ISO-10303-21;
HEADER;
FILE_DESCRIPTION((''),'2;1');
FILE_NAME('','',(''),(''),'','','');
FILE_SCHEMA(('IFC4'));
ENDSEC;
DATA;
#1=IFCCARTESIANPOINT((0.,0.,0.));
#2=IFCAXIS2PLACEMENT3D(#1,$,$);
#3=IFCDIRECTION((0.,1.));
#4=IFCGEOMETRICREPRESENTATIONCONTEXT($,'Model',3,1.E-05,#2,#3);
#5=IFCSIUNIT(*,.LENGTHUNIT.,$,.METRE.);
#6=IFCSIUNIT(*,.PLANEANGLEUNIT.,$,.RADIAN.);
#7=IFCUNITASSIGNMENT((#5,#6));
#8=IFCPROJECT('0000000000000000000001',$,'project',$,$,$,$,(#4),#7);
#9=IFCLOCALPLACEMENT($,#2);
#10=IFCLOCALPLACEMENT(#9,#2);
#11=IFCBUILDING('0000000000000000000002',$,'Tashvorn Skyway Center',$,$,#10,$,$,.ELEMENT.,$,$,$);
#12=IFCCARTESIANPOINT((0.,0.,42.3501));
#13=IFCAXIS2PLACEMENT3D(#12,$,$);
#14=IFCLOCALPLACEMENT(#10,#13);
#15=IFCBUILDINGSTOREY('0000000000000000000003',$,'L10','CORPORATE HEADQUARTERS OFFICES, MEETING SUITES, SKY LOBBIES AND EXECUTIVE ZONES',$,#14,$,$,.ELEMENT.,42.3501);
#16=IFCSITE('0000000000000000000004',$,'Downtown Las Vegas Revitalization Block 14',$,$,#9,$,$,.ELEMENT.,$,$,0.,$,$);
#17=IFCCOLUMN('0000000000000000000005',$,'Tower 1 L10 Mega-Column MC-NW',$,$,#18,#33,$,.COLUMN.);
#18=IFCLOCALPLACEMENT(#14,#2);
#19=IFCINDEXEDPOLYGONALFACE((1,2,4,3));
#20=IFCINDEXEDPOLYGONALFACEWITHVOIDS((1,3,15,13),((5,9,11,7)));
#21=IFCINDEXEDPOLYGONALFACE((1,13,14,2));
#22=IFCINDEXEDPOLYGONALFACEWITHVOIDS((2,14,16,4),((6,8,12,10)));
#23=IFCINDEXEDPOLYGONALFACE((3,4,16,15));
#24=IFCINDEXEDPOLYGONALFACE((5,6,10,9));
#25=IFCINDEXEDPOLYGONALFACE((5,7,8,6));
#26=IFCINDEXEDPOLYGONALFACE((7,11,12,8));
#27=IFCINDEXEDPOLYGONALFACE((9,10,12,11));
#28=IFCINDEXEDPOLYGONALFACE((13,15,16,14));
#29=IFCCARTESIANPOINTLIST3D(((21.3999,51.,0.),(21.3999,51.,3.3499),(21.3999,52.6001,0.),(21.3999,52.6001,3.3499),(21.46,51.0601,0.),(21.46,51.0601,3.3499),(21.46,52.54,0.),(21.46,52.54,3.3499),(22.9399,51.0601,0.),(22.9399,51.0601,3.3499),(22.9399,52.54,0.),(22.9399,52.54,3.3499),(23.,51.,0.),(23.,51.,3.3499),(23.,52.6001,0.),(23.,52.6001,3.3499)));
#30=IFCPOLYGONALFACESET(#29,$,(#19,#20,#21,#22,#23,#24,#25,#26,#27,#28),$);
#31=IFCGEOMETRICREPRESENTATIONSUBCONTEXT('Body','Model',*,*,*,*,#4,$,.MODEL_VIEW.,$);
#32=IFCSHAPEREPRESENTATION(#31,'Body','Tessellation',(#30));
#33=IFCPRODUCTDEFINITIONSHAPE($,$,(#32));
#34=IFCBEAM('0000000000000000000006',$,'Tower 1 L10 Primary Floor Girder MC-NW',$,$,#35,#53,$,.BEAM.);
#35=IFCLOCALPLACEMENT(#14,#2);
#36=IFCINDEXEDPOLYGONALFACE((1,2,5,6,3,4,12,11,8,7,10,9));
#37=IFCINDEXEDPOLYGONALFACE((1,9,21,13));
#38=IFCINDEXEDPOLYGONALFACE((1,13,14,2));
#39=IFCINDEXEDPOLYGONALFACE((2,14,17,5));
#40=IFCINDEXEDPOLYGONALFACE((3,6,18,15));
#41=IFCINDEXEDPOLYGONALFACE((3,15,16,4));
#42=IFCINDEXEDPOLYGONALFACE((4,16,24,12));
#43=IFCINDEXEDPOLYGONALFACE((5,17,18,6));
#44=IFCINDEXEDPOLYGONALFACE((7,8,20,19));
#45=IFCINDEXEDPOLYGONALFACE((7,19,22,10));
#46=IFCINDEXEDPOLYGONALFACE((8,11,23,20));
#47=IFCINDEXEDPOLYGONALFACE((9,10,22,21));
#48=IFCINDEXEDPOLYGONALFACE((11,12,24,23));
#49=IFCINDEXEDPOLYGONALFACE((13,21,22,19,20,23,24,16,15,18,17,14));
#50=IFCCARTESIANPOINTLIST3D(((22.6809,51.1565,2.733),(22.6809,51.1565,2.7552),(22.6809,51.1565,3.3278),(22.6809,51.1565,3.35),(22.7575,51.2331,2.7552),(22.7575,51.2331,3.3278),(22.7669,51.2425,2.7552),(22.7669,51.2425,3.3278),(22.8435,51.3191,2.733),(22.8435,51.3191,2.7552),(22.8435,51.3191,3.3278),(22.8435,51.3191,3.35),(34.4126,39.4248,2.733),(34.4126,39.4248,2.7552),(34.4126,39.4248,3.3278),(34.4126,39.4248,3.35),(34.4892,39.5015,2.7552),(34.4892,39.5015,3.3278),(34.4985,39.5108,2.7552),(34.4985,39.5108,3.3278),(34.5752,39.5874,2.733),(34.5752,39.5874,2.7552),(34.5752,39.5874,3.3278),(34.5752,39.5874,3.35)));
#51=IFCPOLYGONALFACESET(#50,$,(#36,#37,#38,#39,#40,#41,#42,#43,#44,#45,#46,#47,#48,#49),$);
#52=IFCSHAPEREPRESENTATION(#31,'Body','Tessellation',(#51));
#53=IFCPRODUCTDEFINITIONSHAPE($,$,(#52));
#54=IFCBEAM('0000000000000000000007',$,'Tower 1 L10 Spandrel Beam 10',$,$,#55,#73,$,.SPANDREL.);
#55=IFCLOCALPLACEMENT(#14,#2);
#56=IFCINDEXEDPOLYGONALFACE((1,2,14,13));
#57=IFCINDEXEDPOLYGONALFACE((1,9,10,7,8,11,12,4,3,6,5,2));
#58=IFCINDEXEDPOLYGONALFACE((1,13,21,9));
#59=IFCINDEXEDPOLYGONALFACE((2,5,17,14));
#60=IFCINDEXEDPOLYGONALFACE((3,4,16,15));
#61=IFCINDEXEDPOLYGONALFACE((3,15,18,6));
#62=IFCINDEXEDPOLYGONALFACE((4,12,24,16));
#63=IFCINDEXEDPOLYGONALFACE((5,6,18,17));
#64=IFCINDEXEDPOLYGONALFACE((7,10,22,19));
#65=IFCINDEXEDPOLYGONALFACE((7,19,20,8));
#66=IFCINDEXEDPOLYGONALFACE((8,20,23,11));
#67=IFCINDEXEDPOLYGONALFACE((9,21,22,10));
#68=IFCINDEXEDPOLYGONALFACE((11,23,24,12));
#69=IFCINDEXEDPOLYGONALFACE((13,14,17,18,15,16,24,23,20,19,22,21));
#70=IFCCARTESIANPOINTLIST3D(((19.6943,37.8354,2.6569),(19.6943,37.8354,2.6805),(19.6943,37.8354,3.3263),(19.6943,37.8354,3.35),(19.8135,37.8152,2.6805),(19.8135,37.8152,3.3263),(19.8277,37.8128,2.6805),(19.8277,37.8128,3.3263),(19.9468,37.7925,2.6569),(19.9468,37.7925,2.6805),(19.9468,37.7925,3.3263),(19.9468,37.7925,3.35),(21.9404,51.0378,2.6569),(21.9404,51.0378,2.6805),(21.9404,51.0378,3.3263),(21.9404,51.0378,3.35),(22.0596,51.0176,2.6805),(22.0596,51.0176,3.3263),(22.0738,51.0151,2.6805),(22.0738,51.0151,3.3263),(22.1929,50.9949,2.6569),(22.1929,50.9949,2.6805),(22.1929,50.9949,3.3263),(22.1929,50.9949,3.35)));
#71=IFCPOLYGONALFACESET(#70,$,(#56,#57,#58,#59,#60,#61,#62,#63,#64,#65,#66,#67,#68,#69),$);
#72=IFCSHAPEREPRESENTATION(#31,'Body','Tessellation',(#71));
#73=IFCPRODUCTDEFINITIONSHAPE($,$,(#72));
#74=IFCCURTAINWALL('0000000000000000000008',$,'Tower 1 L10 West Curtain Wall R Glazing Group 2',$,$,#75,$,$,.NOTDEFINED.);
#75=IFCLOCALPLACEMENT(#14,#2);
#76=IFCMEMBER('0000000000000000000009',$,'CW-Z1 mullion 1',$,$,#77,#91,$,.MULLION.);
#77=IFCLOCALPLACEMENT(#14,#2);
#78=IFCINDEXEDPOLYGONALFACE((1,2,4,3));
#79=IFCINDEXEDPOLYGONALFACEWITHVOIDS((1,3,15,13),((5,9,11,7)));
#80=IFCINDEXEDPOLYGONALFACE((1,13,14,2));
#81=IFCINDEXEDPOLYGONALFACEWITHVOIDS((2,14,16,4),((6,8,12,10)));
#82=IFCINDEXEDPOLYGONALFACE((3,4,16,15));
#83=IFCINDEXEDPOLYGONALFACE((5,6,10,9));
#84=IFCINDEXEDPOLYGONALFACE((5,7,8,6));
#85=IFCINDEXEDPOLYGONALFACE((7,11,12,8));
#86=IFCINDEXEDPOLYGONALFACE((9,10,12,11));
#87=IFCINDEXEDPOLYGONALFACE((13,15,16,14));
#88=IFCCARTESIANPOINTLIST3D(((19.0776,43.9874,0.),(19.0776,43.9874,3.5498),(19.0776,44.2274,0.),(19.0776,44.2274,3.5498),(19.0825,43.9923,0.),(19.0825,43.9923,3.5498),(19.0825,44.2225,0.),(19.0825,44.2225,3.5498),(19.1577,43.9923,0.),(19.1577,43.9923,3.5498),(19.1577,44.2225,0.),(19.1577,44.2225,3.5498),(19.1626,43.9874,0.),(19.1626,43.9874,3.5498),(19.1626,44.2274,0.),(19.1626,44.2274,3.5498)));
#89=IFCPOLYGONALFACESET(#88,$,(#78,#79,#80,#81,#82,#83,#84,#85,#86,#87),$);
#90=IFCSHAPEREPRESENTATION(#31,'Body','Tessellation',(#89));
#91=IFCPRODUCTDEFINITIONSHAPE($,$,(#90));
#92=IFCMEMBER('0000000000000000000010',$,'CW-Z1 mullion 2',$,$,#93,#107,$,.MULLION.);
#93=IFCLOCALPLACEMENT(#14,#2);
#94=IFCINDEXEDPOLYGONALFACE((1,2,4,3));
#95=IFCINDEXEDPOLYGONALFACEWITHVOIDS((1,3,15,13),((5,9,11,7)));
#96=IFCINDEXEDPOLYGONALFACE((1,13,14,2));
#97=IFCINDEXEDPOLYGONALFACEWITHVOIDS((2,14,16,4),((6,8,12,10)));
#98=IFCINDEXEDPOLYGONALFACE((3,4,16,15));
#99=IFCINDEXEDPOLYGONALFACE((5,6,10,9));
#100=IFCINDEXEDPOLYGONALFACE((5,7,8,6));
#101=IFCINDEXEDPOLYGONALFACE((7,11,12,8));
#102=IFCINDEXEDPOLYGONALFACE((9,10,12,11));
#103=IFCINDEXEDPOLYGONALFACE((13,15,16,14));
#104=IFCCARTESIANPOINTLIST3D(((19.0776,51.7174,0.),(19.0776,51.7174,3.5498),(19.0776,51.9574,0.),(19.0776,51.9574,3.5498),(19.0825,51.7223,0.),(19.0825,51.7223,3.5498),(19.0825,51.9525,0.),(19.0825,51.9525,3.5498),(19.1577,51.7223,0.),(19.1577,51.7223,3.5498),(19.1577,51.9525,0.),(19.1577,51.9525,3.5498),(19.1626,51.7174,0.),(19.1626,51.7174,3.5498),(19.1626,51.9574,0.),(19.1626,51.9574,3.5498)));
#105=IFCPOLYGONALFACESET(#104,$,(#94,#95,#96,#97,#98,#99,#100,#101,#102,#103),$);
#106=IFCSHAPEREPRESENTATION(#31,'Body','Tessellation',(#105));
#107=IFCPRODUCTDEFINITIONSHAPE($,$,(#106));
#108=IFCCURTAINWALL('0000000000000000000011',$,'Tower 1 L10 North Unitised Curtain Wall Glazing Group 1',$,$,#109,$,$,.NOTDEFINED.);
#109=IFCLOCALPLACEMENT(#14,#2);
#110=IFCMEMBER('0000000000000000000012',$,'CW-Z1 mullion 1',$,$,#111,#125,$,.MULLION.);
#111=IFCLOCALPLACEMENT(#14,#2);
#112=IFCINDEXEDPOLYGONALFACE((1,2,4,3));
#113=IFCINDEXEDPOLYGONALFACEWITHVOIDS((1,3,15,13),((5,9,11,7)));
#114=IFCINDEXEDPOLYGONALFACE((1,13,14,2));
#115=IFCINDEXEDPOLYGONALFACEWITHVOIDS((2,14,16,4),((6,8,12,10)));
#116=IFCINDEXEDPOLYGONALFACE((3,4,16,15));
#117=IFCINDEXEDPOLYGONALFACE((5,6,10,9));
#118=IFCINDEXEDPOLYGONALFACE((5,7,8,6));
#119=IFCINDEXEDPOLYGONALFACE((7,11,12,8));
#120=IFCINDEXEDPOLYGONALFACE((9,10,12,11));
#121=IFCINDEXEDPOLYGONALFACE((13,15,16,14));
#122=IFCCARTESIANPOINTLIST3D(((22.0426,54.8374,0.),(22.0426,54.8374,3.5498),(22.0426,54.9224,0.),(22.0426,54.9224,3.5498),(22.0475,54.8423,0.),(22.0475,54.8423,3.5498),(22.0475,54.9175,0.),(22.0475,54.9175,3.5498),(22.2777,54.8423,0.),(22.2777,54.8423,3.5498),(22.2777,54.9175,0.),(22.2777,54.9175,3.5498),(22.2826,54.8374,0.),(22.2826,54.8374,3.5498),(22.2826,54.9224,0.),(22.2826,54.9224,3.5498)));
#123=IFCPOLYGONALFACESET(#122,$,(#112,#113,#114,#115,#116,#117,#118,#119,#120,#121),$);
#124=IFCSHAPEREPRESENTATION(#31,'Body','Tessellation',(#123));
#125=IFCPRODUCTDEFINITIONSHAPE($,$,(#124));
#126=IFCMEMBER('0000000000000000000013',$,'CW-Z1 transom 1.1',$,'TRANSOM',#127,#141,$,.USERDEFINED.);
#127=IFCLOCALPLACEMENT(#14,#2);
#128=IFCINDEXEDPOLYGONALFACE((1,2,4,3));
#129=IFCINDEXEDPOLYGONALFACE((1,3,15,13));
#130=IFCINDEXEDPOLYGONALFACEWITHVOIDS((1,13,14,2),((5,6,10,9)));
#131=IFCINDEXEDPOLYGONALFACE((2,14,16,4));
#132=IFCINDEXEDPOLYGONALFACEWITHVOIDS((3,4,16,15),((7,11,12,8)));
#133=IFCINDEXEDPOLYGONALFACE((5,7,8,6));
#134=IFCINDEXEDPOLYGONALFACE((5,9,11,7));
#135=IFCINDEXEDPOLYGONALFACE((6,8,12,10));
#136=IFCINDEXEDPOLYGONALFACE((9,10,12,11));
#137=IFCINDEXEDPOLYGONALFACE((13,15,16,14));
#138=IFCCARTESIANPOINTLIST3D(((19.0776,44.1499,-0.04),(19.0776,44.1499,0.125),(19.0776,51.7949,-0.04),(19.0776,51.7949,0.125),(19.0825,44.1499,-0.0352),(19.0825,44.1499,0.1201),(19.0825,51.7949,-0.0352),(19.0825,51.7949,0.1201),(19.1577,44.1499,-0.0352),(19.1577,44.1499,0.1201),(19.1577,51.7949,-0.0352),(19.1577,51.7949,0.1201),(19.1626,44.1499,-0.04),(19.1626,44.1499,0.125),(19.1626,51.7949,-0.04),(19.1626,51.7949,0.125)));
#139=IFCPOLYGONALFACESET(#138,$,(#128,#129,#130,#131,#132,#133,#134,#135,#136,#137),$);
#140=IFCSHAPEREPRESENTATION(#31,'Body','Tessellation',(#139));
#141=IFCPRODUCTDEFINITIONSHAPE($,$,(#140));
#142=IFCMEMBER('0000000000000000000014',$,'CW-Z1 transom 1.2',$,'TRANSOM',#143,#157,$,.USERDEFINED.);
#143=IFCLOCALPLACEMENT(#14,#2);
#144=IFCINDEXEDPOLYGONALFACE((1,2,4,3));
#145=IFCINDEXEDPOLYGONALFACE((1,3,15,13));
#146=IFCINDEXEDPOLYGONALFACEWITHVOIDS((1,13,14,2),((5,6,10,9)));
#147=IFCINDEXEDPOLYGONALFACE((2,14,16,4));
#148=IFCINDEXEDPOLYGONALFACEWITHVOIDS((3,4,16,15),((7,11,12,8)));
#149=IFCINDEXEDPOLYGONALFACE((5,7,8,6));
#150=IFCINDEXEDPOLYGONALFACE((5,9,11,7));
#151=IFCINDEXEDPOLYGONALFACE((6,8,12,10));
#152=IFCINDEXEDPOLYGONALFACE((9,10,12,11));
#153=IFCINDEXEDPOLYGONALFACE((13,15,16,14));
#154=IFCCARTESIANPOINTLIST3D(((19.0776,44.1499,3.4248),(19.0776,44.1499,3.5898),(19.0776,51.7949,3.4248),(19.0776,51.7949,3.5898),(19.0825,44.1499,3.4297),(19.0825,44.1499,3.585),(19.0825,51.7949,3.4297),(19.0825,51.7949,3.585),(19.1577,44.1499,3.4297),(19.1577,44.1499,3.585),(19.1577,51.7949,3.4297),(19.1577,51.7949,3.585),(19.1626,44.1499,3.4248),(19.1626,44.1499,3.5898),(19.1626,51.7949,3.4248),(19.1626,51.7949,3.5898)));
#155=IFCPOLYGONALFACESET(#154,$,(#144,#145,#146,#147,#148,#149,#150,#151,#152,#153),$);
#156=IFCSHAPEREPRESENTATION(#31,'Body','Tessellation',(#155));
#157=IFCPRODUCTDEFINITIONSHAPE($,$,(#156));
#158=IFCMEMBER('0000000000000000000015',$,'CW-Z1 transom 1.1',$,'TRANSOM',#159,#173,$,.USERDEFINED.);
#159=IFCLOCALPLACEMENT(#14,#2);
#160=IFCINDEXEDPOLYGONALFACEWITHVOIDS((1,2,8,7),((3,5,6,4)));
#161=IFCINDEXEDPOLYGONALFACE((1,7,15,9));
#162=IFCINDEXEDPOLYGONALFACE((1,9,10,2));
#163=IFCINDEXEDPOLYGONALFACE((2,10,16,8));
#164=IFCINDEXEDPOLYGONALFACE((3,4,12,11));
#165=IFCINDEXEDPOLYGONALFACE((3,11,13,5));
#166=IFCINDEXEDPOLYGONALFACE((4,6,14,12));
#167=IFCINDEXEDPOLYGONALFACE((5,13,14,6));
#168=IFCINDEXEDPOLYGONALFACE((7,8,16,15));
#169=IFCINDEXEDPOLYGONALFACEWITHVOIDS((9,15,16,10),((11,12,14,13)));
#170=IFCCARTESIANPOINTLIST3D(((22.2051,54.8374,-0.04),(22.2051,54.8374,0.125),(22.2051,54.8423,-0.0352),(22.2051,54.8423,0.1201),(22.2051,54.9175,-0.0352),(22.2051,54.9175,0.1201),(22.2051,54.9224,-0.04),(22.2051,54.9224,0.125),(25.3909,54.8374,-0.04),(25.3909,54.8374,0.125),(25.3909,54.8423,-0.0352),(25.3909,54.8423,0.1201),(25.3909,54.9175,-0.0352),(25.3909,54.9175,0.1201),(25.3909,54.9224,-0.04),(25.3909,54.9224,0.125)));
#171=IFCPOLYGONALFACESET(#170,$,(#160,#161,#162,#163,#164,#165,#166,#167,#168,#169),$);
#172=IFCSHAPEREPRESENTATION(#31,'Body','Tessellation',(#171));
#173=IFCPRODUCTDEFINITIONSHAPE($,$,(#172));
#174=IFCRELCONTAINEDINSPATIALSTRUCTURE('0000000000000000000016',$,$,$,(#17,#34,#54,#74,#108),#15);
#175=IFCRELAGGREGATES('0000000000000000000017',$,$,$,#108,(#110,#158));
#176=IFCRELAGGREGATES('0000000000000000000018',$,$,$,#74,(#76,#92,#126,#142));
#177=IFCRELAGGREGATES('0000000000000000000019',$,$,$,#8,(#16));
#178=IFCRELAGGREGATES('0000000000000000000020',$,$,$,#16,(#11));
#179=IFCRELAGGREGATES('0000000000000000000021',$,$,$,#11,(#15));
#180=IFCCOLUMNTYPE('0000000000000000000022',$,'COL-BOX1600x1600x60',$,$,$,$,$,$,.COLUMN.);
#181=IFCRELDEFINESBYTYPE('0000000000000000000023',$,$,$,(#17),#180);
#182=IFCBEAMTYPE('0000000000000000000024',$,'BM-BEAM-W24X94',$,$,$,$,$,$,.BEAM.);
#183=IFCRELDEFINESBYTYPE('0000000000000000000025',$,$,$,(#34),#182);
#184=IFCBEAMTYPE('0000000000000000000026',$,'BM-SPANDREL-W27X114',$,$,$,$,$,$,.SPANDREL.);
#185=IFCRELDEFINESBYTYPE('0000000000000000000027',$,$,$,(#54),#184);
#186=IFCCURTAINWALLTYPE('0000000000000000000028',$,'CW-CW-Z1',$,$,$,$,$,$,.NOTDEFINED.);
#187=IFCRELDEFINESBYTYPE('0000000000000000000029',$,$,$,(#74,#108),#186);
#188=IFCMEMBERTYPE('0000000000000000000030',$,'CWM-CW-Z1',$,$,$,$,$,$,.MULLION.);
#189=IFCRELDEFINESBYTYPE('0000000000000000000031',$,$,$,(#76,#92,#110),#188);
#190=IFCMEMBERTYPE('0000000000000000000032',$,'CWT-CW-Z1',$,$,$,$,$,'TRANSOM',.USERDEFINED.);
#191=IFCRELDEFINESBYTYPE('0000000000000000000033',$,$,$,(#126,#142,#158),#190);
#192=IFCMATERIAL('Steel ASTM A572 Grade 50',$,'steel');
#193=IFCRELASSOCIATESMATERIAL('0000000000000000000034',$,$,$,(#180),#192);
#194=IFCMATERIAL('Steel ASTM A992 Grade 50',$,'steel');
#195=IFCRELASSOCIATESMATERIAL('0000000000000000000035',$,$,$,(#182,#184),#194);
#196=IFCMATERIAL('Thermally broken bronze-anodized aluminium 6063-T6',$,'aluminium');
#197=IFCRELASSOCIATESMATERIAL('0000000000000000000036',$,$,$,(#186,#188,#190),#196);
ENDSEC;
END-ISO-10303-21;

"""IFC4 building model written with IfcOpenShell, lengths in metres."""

from ifc_helpers import new_model, si_unit, direction, frame, origin, origin_2d, place, context, subcontext, project, spatial, hollow_rectangle, i_section, extrude, material, material_profile, profile_set, type_object, element, aggregate, save


model = new_model("IFC4")

# Units and contexts
model_context = context("Model", 3, precision=1e-05, world=origin(), true_north=direction((0.0, 1.0)))
body_context = subcontext(model_context, "Body", "Model", "MODEL_VIEW")
ifc_project = project(units=[si_unit("LENGTHUNIT", "METRE"), si_unit("PLANEANGLEUNIT", "RADIAN")], contexts=[model_context])

# Site, building, storey
site_placement = place(None, origin())
site = spatial("IfcSite", under=ifc_project, at=site_placement, Name="Downtown Las Vegas Revitalization Block 14", CompositionType="ELEMENT", RefElevation=0.0)
building_placement = place(site_placement, origin())
building = spatial("IfcBuilding", under=site, at=building_placement, Name="Tashvorn Skyway Center", CompositionType="ELEMENT")
storey_placement = place(building_placement, frame((0.0, 0.0, 42.3501)))
storey = spatial("IfcBuildingStorey", under=building, at=storey_placement, Name="L10", Description="CORPORATE HEADQUARTERS OFFICES, MEETING SUITES, SKY LOBBIES AND EXECUTIVE ZONES", CompositionType="ELEMENT", Elevation=42.3501)

# Column
ifc_material_1 = material(Name="Steel ASTM A572 Grade 50", Category="steel")
ifc_material_profile_1 = material_profile(ifc_material_1, hollow_rectangle(XDim=1.6001, YDim=1.6001, WallThickness=0.0601, at=origin_2d()), Name="BOX1600x1600x60")
ifc_profile_set_1 = profile_set([ifc_material_profile_1], Name="Steel ASTM A572 Grade 50")
column_type = type_object("IfcColumnType", Name="COL-BOX1600x1600x60", PredefinedType="COLUMN", material=ifc_profile_set_1)
column_placement = place(storey_placement, frame((22.2, 51.8, 0.0), z_axis=(0.0, 0.0, 1.0), x_axis=(1.0, 0.0, 0.0)))
element("IfcColumn", 1, at=column_placement, inside=storey, type_object=column_type, Name="Tower 1 L10 Mega-Column MC-NW", PredefinedType="COLUMN", context=body_context, shape_type="SweptSolid", body=[
    extrude(hollow_rectangle(XDim=1.6001, YDim=1.6001, WallThickness=0.0601, at=origin_2d()), origin(), (0.0, 0.0, 1.0), 3.3499),
])

# Beams
ifc_material_2 = material(Name="Steel ASTM A992 Grade 50", Category="steel")
ifc_material_profile_2 = material_profile(ifc_material_2, i_section(OverallWidth=0.23, OverallDepth=0.6169, WebThickness=0.0132, FlangeThickness=0.0222, at=origin_2d()), Name="W24X94")
ifc_profile_set_2 = profile_set([ifc_material_profile_2], Name="Steel ASTM A992 Grade 50")
beam_type_1 = type_object("IfcBeamType", Name="BM-BEAM-W24X94", PredefinedType="BEAM", material=ifc_profile_set_2)
beam_1_placement = place(storey_placement, frame((22.7622, 51.2378, 3.0415), z_axis=(0.707107, -0.707107, 0.0), x_axis=(0.707107, 0.707107, 0.0)))
element("IfcBeam", 2, at=beam_1_placement, inside=storey, type_object=beam_type_1, Name="Tower 1 L10 Primary Floor Girder MC-NW", PredefinedType="BEAM", context=body_context, shape_type="SweptSolid", body=[
    extrude(i_section(OverallWidth=0.23, OverallDepth=0.6169, WebThickness=0.0132, FlangeThickness=0.0222, at=origin_2d()), origin(), (0.0, 0.0, 1.0), 16.5911),
])
ifc_material_profile_3 = material_profile(ifc_material_2, i_section(OverallWidth=0.2561, OverallDepth=0.6931, WebThickness=0.0144, FlangeThickness=0.0237, at=origin_2d()), Name="W27X114")
ifc_profile_set_3 = profile_set([ifc_material_profile_3], Name="Steel ASTM A992 Grade 50")
beam_type_2 = type_object("IfcBeamType", Name="BM-SPANDREL-W27X114", PredefinedType="SPANDREL", material=ifc_profile_set_3)
beam_2_placement = place(storey_placement, frame((22.0667, 51.0164, 3.0034), z_axis=(-0.167718, -0.985835, 0.0), x_axis=(0.985835, -0.167718, 0.0)))
element("IfcBeam", 3, at=beam_2_placement, inside=storey, type_object=beam_type_2, Name="Tower 1 L10 Spandrel Beam 10", PredefinedType="SPANDREL", context=body_context, shape_type="SweptSolid", body=[
    extrude(i_section(OverallWidth=0.2561, OverallDepth=0.6931, WebThickness=0.0144, FlangeThickness=0.0237, at=origin_2d()), origin(), (0.0, 0.0, 1.0), 13.3921),
])

# Curtain wall, members
ifc_material_3 = material(Name="Thermally broken bronze-anodized aluminium 6063-T6", Category="aluminium")
curtain_wall_type = type_object("IfcCurtainWallType", Name="CW-CW-Z1", PredefinedType="NOTDEFINED", material=ifc_material_3)
curtain_wall_1_placement = place(storey_placement, origin())
curtain_wall_1 = element("IfcCurtainWall", 4, at=curtain_wall_1_placement, inside=storey, type_object=curtain_wall_type, Name="Tower 1 L10 West Curtain Wall R Glazing Group 2", PredefinedType="NOTDEFINED")
ifc_material_profile_4 = material_profile(ifc_material_3, hollow_rectangle(XDim=0.085, YDim=0.24, WallThickness=0.0049, at=origin_2d()), Name="ALU-MULL-85x240")
ifc_profile_set_4 = profile_set([ifc_material_profile_4], Name="Thermally broken bronze-anodized aluminium 6063-T6")
member_type_1 = type_object("IfcMemberType", Name="CWM-CW-Z1", PredefinedType="MULLION", material=ifc_profile_set_4)
member_1_placement = place(storey_placement, frame((19.1201, 44.1074, 0.0), z_axis=(0.0, 0.0, 1.0), x_axis=(-1.0, 0.0, 0.0)))
member_1 = element("IfcMember", 5, at=member_1_placement, type_object=member_type_1, Name="CW-Z1 mullion 1", PredefinedType="MULLION", context=body_context, shape_type="SweptSolid", body=[
    extrude(hollow_rectangle(XDim=0.085, YDim=0.24, WallThickness=0.0049, at=origin_2d()), origin(), (0.0, 0.0, 1.0), 3.5498),
])
member_2_placement = place(storey_placement, frame((19.1201, 51.8374, 0.0), z_axis=(0.0, 0.0, 1.0), x_axis=(-1.0, 0.0, 0.0)))
member_2 = element("IfcMember", 6, at=member_2_placement, type_object=member_type_1, Name="CW-Z1 mullion 2", PredefinedType="MULLION", context=body_context, shape_type="SweptSolid", body=[
    extrude(hollow_rectangle(XDim=0.085, YDim=0.24, WallThickness=0.0049, at=origin_2d()), origin(), (0.0, 0.0, 1.0), 3.5498),
])

# Curtain wall, member
curtain_wall_2_placement = place(storey_placement, origin())
curtain_wall_2 = element("IfcCurtainWall", 7, at=curtain_wall_2_placement, inside=storey, type_object=curtain_wall_type, Name="Tower 1 L10 North Unitised Curtain Wall Glazing Group 1", PredefinedType="NOTDEFINED")
member_3_placement = place(storey_placement, frame((22.1626, 54.8799, 0.0), z_axis=(0.0, 0.0, 1.0), x_axis=(0.0, 1.0, 0.0)))
member_3 = element("IfcMember", 8, at=member_3_placement, type_object=member_type_1, Name="CW-Z1 mullion 1", PredefinedType="MULLION", context=body_context, shape_type="SweptSolid", body=[
    extrude(hollow_rectangle(XDim=0.085, YDim=0.24, WallThickness=0.0049, at=origin_2d()), origin(), (0.0, 0.0, 1.0), 3.5498),
])

# Members
ifc_material_profile_5 = material_profile(ifc_material_3, hollow_rectangle(XDim=0.085, YDim=0.165, WallThickness=0.0049, at=origin_2d()), Name="ALU-TRAN-85x165")
ifc_profile_set_5 = profile_set([ifc_material_profile_5], Name="Thermally broken bronze-anodized aluminium 6063-T6")
member_type_2 = type_object("IfcMemberType", Name="CWT-CW-Z1", ElementType="TRANSOM", PredefinedType="USERDEFINED", material=ifc_profile_set_5)
member_4_placement = place(storey_placement, frame((19.1201, 44.1499, 0.0425), z_axis=(0.0, 1.0, 0.0), x_axis=(-1.0, 0.0, 0.0)))
member_4 = element("IfcMember", 9, at=member_4_placement, type_object=member_type_2, Name="CW-Z1 transom 1.1", ObjectType="TRANSOM", PredefinedType="USERDEFINED", context=body_context, shape_type="SweptSolid", body=[
    extrude(hollow_rectangle(XDim=0.085, YDim=0.165, WallThickness=0.0049, at=origin_2d()), origin(), (0.0, 0.0, 1.0), 7.645),
])
member_5_placement = place(storey_placement, frame((19.1201, 44.1499, 3.5073), z_axis=(0.0, 1.0, 0.0), x_axis=(-1.0, 0.0, 0.0)))
member_5 = element("IfcMember", 10, at=member_5_placement, type_object=member_type_2, Name="CW-Z1 transom 1.2", ObjectType="TRANSOM", PredefinedType="USERDEFINED", context=body_context, shape_type="SweptSolid", body=[
    extrude(hollow_rectangle(XDim=0.085, YDim=0.165, WallThickness=0.0049, at=origin_2d()), origin(), (0.0, 0.0, 1.0), 7.645),
])
member_6_placement = place(storey_placement, frame((22.2051, 54.8799, 0.0425), z_axis=(1.0, 0.0, 0.0), x_axis=(0.0, 1.0, 0.0)))
member_6 = element("IfcMember", 11, at=member_6_placement, type_object=member_type_2, Name="CW-Z1 transom 1.1", ObjectType="TRANSOM", PredefinedType="USERDEFINED", context=body_context, shape_type="SweptSolid", body=[
    extrude(hollow_rectangle(XDim=0.085, YDim=0.165, WallThickness=0.0049, at=origin_2d()), origin(), (0.0, 0.0, 1.0), 3.1858),
])
aggregate(curtain_wall_2, [member_3, member_6])

aggregate(curtain_wall_1, [member_1, member_2, member_4, member_5])

save(model, "model.ifc")
